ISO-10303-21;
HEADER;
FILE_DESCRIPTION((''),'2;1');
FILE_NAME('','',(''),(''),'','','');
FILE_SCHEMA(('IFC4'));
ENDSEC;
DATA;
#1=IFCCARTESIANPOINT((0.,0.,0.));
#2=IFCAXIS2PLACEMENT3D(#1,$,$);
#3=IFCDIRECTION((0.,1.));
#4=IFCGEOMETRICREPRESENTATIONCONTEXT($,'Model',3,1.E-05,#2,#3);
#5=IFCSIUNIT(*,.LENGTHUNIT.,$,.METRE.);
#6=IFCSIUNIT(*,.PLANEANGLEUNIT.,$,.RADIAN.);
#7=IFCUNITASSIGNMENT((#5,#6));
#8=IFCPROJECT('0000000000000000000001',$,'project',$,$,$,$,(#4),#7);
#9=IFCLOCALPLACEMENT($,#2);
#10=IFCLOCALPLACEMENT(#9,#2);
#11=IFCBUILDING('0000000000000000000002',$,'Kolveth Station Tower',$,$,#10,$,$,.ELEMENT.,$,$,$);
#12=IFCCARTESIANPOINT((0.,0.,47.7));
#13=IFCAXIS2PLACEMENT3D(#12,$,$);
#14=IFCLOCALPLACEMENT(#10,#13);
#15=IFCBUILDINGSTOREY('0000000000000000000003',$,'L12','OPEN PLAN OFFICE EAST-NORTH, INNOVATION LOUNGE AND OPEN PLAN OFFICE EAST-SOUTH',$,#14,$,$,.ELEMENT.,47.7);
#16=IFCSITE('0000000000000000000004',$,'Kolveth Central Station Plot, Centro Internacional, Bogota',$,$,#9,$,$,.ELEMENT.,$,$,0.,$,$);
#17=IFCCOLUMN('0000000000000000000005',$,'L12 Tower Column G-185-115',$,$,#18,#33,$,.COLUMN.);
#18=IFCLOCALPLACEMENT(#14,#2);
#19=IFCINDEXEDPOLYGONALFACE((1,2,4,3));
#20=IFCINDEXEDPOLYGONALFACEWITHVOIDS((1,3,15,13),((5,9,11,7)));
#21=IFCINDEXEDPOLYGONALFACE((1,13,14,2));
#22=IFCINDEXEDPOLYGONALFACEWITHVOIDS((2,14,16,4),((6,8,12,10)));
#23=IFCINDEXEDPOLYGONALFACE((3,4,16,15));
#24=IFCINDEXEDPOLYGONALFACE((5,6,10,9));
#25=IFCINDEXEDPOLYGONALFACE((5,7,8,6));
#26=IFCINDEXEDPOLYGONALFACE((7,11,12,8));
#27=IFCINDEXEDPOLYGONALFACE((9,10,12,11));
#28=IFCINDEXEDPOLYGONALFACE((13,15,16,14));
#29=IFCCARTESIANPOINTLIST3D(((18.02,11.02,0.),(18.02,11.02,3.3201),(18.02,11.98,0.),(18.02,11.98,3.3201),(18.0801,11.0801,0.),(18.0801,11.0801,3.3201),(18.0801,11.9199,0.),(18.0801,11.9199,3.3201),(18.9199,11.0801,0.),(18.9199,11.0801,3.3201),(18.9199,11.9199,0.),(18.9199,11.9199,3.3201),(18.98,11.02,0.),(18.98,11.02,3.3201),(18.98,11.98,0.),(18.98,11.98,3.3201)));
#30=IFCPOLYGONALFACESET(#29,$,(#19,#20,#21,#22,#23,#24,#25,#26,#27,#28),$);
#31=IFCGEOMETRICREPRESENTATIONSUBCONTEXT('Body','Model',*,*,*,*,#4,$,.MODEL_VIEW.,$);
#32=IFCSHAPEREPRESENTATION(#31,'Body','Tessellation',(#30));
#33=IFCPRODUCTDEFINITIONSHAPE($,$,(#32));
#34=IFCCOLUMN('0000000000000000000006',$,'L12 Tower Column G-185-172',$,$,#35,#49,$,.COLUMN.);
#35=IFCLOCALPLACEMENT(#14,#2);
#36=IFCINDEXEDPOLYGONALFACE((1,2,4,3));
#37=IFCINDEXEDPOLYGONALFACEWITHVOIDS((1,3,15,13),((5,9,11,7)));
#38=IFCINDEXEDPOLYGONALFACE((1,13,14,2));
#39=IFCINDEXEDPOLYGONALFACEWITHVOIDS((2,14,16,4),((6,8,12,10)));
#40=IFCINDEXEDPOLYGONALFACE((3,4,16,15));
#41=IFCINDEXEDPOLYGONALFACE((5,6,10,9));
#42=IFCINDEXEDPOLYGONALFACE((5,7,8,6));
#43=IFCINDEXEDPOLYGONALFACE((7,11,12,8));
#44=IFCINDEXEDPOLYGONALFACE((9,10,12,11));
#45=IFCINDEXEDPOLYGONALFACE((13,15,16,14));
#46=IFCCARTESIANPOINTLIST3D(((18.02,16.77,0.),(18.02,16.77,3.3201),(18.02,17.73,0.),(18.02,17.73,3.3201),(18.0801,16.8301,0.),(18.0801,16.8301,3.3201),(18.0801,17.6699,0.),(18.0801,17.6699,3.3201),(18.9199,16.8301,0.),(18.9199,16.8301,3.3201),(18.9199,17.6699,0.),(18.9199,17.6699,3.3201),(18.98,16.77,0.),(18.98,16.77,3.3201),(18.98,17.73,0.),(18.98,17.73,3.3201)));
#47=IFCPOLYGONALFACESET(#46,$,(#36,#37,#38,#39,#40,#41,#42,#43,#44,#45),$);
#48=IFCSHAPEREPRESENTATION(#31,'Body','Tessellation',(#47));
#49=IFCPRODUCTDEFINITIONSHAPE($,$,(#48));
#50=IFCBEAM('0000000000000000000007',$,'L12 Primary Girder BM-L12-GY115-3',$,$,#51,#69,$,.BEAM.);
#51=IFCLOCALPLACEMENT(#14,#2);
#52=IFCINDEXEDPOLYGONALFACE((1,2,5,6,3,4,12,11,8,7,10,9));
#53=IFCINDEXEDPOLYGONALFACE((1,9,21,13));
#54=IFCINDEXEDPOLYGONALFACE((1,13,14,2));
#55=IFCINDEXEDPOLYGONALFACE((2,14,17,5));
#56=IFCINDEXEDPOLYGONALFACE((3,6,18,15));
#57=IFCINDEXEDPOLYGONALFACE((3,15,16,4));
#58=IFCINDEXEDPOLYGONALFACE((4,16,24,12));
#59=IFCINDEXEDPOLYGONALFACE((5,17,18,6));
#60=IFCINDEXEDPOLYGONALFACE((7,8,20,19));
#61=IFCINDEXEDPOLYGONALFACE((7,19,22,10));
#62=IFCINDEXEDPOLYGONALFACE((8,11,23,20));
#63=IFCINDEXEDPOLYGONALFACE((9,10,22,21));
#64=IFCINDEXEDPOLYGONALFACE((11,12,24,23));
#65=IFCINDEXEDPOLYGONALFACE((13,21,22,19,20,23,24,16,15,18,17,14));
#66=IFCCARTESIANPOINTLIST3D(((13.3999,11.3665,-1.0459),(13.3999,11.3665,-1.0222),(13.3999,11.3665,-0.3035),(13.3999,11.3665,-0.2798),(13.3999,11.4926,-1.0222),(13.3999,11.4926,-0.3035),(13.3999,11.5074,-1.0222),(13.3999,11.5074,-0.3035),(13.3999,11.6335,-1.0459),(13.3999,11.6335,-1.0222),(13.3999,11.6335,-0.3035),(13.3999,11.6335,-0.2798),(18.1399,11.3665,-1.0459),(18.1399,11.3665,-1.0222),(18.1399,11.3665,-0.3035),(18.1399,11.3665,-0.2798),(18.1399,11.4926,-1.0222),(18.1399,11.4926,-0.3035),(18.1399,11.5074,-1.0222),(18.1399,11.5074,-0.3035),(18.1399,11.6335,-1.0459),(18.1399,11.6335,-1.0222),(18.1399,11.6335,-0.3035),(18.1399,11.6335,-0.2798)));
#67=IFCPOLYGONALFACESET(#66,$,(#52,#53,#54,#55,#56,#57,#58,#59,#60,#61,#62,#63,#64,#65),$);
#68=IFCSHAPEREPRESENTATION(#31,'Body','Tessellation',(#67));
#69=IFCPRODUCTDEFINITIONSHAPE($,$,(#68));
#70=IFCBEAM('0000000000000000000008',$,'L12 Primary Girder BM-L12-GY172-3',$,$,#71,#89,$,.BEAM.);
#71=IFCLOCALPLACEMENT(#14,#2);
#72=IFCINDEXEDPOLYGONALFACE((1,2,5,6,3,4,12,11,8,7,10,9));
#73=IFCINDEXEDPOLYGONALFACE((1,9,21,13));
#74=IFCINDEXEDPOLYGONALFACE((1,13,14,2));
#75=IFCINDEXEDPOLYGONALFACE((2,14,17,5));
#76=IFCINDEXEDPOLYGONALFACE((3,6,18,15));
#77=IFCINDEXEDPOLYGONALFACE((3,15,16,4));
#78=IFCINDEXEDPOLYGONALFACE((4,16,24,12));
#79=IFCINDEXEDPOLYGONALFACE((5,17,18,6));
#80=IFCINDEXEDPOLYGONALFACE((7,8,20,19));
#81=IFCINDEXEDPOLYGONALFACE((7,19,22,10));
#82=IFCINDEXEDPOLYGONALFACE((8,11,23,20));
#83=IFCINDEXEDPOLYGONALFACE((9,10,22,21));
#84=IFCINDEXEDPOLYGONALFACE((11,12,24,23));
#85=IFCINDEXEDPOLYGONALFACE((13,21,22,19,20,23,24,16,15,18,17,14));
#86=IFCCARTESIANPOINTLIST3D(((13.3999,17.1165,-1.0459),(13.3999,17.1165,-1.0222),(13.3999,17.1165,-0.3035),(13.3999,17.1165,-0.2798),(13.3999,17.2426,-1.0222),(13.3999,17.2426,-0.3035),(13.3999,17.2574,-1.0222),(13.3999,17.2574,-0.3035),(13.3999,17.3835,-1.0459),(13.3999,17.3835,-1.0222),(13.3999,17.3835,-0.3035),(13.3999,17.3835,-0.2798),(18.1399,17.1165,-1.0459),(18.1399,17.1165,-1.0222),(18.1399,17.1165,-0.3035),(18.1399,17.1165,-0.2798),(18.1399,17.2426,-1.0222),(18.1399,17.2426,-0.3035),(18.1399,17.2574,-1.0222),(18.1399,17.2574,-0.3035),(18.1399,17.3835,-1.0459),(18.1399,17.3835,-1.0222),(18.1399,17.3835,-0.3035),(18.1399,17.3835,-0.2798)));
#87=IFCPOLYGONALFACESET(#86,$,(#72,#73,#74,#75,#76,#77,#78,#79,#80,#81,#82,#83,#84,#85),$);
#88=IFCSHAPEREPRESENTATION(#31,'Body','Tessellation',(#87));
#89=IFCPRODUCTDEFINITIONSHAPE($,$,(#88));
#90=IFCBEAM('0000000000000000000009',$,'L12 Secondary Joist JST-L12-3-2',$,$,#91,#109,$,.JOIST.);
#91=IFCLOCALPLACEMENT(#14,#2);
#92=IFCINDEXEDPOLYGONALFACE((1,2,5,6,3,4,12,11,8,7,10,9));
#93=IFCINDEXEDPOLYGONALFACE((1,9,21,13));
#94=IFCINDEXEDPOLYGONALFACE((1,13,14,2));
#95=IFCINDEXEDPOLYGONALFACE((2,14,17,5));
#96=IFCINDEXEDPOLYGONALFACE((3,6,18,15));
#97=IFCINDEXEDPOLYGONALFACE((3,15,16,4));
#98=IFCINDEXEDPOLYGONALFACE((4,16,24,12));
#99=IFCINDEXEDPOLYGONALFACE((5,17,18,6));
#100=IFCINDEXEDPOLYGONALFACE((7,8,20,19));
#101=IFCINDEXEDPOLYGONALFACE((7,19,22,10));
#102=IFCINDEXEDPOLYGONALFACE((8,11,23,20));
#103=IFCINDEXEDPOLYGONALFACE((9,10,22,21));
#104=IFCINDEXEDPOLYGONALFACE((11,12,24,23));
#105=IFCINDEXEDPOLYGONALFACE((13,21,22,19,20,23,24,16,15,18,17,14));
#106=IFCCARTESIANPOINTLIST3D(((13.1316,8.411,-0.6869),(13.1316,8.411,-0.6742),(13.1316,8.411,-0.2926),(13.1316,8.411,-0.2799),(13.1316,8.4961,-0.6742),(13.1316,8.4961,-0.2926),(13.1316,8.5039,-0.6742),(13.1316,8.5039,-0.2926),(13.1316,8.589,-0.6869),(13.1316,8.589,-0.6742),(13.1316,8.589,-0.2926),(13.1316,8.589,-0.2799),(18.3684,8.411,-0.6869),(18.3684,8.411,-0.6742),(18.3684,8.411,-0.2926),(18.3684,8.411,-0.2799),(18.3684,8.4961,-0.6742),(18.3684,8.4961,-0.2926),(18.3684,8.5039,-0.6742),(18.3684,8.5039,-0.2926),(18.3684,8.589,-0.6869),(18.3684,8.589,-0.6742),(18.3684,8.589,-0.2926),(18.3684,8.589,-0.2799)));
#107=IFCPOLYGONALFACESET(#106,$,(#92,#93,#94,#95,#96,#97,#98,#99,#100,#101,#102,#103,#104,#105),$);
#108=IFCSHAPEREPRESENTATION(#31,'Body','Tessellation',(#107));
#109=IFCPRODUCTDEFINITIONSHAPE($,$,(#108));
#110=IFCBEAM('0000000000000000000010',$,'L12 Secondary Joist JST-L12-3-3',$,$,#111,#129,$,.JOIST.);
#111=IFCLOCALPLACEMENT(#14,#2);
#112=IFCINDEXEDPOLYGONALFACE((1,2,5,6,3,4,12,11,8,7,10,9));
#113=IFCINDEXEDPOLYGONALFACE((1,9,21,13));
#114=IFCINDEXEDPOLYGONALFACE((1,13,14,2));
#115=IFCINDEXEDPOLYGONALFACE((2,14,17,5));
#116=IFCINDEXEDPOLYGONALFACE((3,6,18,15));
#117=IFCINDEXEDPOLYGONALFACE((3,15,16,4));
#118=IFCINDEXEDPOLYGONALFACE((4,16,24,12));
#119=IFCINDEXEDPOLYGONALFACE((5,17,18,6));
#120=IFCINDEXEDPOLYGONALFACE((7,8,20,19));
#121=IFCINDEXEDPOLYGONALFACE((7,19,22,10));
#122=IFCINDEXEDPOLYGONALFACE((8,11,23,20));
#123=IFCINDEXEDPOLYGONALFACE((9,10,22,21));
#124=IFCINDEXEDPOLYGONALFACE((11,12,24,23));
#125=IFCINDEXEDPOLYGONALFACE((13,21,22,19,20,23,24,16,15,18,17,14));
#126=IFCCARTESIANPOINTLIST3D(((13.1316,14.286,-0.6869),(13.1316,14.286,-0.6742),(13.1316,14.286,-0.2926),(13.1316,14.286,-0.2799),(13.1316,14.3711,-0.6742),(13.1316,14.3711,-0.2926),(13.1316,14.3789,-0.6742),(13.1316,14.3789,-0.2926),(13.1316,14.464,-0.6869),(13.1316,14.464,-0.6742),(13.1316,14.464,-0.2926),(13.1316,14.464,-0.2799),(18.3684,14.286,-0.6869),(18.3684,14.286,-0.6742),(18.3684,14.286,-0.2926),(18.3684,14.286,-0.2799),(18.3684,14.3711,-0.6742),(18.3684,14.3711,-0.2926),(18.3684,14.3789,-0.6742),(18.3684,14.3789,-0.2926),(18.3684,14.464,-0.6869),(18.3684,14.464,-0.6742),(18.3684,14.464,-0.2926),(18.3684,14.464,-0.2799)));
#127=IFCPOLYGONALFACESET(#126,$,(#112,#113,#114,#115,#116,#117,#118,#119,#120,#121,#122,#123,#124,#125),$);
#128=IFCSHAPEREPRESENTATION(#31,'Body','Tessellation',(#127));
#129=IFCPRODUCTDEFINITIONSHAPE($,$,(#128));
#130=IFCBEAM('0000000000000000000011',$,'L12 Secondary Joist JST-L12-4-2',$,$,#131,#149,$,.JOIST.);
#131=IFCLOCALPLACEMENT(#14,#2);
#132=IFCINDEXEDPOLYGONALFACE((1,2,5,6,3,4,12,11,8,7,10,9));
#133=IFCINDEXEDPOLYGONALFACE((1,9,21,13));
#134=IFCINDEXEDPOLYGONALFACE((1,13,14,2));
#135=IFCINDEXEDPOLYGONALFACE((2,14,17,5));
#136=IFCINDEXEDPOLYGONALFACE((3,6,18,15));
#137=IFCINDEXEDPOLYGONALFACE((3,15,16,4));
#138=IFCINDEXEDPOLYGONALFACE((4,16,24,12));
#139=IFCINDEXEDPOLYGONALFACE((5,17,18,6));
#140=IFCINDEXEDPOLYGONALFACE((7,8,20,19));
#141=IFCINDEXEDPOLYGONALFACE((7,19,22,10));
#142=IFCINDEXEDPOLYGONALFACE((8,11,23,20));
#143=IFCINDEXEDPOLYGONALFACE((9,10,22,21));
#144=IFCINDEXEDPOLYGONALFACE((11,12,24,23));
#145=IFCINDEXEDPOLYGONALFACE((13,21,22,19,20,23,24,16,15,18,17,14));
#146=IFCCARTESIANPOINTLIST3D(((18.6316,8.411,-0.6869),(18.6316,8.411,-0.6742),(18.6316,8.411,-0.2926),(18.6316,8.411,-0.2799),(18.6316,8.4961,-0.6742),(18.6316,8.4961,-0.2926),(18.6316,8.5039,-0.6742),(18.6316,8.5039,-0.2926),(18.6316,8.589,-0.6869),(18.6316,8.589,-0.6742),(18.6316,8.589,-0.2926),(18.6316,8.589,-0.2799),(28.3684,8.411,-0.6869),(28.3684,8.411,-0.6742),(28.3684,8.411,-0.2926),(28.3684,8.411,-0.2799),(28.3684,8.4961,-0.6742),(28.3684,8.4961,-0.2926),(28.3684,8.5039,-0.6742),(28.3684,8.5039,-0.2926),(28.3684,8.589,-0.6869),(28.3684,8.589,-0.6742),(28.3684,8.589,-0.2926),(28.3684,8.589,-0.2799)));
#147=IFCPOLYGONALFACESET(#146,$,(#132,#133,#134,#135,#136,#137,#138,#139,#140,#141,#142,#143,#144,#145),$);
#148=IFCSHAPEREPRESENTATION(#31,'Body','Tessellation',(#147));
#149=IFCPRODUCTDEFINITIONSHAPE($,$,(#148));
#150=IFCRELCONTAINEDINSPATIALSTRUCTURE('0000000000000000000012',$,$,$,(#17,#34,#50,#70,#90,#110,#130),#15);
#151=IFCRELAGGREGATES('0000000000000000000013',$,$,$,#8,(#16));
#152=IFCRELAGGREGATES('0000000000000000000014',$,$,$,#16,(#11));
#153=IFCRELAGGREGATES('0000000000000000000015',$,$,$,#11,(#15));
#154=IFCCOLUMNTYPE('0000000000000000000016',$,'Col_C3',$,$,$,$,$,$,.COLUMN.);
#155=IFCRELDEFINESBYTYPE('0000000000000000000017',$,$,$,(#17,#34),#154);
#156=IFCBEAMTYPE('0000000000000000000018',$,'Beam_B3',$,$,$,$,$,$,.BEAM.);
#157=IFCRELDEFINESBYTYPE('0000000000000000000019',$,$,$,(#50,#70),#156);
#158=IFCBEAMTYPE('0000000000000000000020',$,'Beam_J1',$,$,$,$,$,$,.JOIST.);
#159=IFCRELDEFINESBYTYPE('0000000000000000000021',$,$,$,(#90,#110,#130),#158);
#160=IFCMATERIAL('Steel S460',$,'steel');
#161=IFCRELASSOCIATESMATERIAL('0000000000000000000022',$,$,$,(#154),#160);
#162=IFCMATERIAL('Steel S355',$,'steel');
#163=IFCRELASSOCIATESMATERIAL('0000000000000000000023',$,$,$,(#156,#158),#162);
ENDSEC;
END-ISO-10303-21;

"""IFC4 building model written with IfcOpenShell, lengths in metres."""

from ifc_helpers import new_model, si_unit, direction, frame, origin, origin_2d, place, context, subcontext, project, spatial, hollow_rectangle, i_section, extrude, source, transform, mapped, material, material_profile, profile_set, type_object, element, save


model = new_model("IFC4")

# Units and contexts
model_context = context("Model", 3, precision=1e-05, world=origin(), true_north=direction((0.0, 1.0)))
body_context = subcontext(model_context, "Body", "Model", "MODEL_VIEW")
ifc_project = project(units=[si_unit("LENGTHUNIT", "METRE"), si_unit("PLANEANGLEUNIT", "RADIAN")], contexts=[model_context])

# Site, building, storey
site_placement = place(None, origin())
site = spatial("IfcSite", under=ifc_project, at=site_placement, Name="Kolveth Central Station Plot, Centro Internacional, Bogota", CompositionType="ELEMENT", RefElevation=0.0)
building_placement = place(site_placement, origin())
building = spatial("IfcBuilding", under=site, at=building_placement, Name="Kolveth Station Tower", CompositionType="ELEMENT")
storey_placement = place(building_placement, frame((0.0, 0.0, 47.7)))
storey = spatial("IfcBuildingStorey", under=building, at=storey_placement, Name="L12", Description="OPEN PLAN OFFICE EAST-NORTH, INNOVATION LOUNGE AND OPEN PLAN OFFICE EAST-SOUTH", CompositionType="ELEMENT", Elevation=47.7)

# Columns
ifc_material_1 = material(Name="Steel S460", Category="steel")
ifc_material_profile_1 = material_profile(ifc_material_1, hollow_rectangle(XDim=0.96, YDim=0.96, WallThickness=0.0601, at=origin_2d()), Name="BOX960x960x60")
ifc_profile_set_1 = profile_set([ifc_material_profile_1], Name="Steel S460")
column_type = type_object("IfcColumnType", Name="Col_C3", PredefinedType="COLUMN", material=ifc_profile_set_1)
shared_shape_1 = source(origin(), body_context, "Body", "SweptSolid", [
    extrude(hollow_rectangle(XDim=0.96, YDim=0.96, WallThickness=0.0601, at=origin_2d()), origin(), (0.0, 0.0, 1.0), 3.3201),
])
for number, where, z_axis, x_axis, name in (
    (1, (18.5, 11.5, 0.0), (0.0, 0.0, 1.0), (1.0, 0.0, 0.0), "L12 Tower Column G-185-115"),
    (2, (18.5, 17.25, 0.0), (0.0, 0.0, 1.0), (1.0, 0.0, 0.0), "L12 Tower Column G-185-172"),
):
    element("IfcColumn", number, at=place(storey_placement, frame(where, z_axis=z_axis, x_axis=x_axis)), inside=storey, type_object=column_type, Name=name, PredefinedType="COLUMN", context=body_context, shape_type="MappedRepresentation", body=[
        mapped(shared_shape_1, transform((0.0, 0.0, 0.0), x_axis=(1.0, 0.0, 0.0), y_axis=(0.0, 1.0, 0.0), z_axis=(0.0, 0.0, 1.0), scale=1.0)),
    ])

# Beams
ifc_material_2 = material(Name="Steel S355", Category="steel")
ifc_material_profile_2 = material_profile(ifc_material_2, i_section(OverallWidth=0.2671, OverallDepth=0.7661, WebThickness=0.0149, FlangeThickness=0.0237, at=origin_2d()), Name="W760x185")
ifc_profile_set_2 = profile_set([ifc_material_profile_2], Name="Steel S355")
beam_type_1 = type_object("IfcBeamType", Name="Beam_B3", PredefinedType="BEAM", material=ifc_profile_set_2)
shared_shape_2 = source(origin(), body_context, "Body", "SweptSolid", [
    extrude(i_section(OverallWidth=0.2671, OverallDepth=0.7661, WebThickness=0.0149, FlangeThickness=0.0237, at=origin_2d()), origin(), (0.0, 0.0, 1.0), 4.74),
])
for number, where, z_axis, x_axis, name in (
    (3, (13.3999, 11.5, -0.6628), (1.0, 0.0, 0.0), (0.0, 1.0, 0.0), "L12 Primary Girder BM-L12-GY115-3"),
    (4, (13.3999, 17.25, -0.6628), (1.0, 0.0, 0.0), (0.0, 1.0, 0.0), "L12 Primary Girder BM-L12-GY172-3"),
):
    element("IfcBeam", number, at=place(storey_placement, frame(where, z_axis=z_axis, x_axis=x_axis)), inside=storey, type_object=beam_type_1, Name=name, PredefinedType="BEAM", context=body_context, shape_type="MappedRepresentation", body=[
        mapped(shared_shape_2, transform((0.0, 0.0, 0.0), x_axis=(1.0, 0.0, 0.0), y_axis=(0.0, 1.0, 0.0), z_axis=(0.0, 0.0, 1.0), scale=1.0)),
    ])
ifc_material_profile_3 = material_profile(ifc_material_2, i_section(OverallWidth=0.178, OverallDepth=0.407, WebThickness=0.0078, FlangeThickness=0.0127, at=origin_2d()), Name="W410x60")
ifc_profile_set_3 = profile_set([ifc_material_profile_3], Name="Steel S355")
beam_type_2 = type_object("IfcBeamType", Name="Beam_J1", PredefinedType="JOIST", material=ifc_profile_set_3)
shared_shape_3 = source(origin(), body_context, "Body", "SweptSolid", [
    extrude(i_section(OverallWidth=0.178, OverallDepth=0.407, WebThickness=0.0078, FlangeThickness=0.0127, at=origin_2d()), origin(), (0.0, 0.0, 1.0), 5.2368),
])
for number, where, z_axis, x_axis, name in (
    (5, (13.1316, 8.5, -0.4834), (1.0, 0.0, 0.0), (0.0, 1.0, 0.0), "L12 Secondary Joist JST-L12-3-2"),
    (6, (13.1316, 14.375, -0.4834), (1.0, 0.0, 0.0), (0.0, 1.0, 0.0), "L12 Secondary Joist JST-L12-3-3"),
):
    element("IfcBeam", number, at=place(storey_placement, frame(where, z_axis=z_axis, x_axis=x_axis)), inside=storey, type_object=beam_type_2, Name=name, PredefinedType="JOIST", context=body_context, shape_type="MappedRepresentation", body=[
        mapped(shared_shape_3, transform((0.0, 0.0, 0.0), x_axis=(1.0, 0.0, 0.0), y_axis=(0.0, 1.0, 0.0), z_axis=(0.0, 0.0, 1.0), scale=1.0)),
    ])
shared_shape_4 = source(origin(), body_context, "Body", "SweptSolid", [
    extrude(i_section(OverallWidth=0.178, OverallDepth=0.407, WebThickness=0.0078, FlangeThickness=0.0127, at=origin_2d()), origin(), (0.0, 0.0, 1.0), 9.7368),
])
beam_placement = place(storey_placement, frame((18.6316, 8.5, -0.4834), z_axis=(1.0, 0.0, 0.0), x_axis=(0.0, 1.0, 0.0)))
element("IfcBeam", 7, at=beam_placement, inside=storey, type_object=beam_type_2, Name="L12 Secondary Joist JST-L12-4-2", PredefinedType="JOIST", context=body_context, shape_type="MappedRepresentation", body=[
    mapped(shared_shape_4, transform((0.0, 0.0, 0.0), x_axis=(1.0, 0.0, 0.0), y_axis=(0.0, 1.0, 0.0), z_axis=(0.0, 0.0, 1.0), scale=1.0)),
])

save(model, "model.ifc")
